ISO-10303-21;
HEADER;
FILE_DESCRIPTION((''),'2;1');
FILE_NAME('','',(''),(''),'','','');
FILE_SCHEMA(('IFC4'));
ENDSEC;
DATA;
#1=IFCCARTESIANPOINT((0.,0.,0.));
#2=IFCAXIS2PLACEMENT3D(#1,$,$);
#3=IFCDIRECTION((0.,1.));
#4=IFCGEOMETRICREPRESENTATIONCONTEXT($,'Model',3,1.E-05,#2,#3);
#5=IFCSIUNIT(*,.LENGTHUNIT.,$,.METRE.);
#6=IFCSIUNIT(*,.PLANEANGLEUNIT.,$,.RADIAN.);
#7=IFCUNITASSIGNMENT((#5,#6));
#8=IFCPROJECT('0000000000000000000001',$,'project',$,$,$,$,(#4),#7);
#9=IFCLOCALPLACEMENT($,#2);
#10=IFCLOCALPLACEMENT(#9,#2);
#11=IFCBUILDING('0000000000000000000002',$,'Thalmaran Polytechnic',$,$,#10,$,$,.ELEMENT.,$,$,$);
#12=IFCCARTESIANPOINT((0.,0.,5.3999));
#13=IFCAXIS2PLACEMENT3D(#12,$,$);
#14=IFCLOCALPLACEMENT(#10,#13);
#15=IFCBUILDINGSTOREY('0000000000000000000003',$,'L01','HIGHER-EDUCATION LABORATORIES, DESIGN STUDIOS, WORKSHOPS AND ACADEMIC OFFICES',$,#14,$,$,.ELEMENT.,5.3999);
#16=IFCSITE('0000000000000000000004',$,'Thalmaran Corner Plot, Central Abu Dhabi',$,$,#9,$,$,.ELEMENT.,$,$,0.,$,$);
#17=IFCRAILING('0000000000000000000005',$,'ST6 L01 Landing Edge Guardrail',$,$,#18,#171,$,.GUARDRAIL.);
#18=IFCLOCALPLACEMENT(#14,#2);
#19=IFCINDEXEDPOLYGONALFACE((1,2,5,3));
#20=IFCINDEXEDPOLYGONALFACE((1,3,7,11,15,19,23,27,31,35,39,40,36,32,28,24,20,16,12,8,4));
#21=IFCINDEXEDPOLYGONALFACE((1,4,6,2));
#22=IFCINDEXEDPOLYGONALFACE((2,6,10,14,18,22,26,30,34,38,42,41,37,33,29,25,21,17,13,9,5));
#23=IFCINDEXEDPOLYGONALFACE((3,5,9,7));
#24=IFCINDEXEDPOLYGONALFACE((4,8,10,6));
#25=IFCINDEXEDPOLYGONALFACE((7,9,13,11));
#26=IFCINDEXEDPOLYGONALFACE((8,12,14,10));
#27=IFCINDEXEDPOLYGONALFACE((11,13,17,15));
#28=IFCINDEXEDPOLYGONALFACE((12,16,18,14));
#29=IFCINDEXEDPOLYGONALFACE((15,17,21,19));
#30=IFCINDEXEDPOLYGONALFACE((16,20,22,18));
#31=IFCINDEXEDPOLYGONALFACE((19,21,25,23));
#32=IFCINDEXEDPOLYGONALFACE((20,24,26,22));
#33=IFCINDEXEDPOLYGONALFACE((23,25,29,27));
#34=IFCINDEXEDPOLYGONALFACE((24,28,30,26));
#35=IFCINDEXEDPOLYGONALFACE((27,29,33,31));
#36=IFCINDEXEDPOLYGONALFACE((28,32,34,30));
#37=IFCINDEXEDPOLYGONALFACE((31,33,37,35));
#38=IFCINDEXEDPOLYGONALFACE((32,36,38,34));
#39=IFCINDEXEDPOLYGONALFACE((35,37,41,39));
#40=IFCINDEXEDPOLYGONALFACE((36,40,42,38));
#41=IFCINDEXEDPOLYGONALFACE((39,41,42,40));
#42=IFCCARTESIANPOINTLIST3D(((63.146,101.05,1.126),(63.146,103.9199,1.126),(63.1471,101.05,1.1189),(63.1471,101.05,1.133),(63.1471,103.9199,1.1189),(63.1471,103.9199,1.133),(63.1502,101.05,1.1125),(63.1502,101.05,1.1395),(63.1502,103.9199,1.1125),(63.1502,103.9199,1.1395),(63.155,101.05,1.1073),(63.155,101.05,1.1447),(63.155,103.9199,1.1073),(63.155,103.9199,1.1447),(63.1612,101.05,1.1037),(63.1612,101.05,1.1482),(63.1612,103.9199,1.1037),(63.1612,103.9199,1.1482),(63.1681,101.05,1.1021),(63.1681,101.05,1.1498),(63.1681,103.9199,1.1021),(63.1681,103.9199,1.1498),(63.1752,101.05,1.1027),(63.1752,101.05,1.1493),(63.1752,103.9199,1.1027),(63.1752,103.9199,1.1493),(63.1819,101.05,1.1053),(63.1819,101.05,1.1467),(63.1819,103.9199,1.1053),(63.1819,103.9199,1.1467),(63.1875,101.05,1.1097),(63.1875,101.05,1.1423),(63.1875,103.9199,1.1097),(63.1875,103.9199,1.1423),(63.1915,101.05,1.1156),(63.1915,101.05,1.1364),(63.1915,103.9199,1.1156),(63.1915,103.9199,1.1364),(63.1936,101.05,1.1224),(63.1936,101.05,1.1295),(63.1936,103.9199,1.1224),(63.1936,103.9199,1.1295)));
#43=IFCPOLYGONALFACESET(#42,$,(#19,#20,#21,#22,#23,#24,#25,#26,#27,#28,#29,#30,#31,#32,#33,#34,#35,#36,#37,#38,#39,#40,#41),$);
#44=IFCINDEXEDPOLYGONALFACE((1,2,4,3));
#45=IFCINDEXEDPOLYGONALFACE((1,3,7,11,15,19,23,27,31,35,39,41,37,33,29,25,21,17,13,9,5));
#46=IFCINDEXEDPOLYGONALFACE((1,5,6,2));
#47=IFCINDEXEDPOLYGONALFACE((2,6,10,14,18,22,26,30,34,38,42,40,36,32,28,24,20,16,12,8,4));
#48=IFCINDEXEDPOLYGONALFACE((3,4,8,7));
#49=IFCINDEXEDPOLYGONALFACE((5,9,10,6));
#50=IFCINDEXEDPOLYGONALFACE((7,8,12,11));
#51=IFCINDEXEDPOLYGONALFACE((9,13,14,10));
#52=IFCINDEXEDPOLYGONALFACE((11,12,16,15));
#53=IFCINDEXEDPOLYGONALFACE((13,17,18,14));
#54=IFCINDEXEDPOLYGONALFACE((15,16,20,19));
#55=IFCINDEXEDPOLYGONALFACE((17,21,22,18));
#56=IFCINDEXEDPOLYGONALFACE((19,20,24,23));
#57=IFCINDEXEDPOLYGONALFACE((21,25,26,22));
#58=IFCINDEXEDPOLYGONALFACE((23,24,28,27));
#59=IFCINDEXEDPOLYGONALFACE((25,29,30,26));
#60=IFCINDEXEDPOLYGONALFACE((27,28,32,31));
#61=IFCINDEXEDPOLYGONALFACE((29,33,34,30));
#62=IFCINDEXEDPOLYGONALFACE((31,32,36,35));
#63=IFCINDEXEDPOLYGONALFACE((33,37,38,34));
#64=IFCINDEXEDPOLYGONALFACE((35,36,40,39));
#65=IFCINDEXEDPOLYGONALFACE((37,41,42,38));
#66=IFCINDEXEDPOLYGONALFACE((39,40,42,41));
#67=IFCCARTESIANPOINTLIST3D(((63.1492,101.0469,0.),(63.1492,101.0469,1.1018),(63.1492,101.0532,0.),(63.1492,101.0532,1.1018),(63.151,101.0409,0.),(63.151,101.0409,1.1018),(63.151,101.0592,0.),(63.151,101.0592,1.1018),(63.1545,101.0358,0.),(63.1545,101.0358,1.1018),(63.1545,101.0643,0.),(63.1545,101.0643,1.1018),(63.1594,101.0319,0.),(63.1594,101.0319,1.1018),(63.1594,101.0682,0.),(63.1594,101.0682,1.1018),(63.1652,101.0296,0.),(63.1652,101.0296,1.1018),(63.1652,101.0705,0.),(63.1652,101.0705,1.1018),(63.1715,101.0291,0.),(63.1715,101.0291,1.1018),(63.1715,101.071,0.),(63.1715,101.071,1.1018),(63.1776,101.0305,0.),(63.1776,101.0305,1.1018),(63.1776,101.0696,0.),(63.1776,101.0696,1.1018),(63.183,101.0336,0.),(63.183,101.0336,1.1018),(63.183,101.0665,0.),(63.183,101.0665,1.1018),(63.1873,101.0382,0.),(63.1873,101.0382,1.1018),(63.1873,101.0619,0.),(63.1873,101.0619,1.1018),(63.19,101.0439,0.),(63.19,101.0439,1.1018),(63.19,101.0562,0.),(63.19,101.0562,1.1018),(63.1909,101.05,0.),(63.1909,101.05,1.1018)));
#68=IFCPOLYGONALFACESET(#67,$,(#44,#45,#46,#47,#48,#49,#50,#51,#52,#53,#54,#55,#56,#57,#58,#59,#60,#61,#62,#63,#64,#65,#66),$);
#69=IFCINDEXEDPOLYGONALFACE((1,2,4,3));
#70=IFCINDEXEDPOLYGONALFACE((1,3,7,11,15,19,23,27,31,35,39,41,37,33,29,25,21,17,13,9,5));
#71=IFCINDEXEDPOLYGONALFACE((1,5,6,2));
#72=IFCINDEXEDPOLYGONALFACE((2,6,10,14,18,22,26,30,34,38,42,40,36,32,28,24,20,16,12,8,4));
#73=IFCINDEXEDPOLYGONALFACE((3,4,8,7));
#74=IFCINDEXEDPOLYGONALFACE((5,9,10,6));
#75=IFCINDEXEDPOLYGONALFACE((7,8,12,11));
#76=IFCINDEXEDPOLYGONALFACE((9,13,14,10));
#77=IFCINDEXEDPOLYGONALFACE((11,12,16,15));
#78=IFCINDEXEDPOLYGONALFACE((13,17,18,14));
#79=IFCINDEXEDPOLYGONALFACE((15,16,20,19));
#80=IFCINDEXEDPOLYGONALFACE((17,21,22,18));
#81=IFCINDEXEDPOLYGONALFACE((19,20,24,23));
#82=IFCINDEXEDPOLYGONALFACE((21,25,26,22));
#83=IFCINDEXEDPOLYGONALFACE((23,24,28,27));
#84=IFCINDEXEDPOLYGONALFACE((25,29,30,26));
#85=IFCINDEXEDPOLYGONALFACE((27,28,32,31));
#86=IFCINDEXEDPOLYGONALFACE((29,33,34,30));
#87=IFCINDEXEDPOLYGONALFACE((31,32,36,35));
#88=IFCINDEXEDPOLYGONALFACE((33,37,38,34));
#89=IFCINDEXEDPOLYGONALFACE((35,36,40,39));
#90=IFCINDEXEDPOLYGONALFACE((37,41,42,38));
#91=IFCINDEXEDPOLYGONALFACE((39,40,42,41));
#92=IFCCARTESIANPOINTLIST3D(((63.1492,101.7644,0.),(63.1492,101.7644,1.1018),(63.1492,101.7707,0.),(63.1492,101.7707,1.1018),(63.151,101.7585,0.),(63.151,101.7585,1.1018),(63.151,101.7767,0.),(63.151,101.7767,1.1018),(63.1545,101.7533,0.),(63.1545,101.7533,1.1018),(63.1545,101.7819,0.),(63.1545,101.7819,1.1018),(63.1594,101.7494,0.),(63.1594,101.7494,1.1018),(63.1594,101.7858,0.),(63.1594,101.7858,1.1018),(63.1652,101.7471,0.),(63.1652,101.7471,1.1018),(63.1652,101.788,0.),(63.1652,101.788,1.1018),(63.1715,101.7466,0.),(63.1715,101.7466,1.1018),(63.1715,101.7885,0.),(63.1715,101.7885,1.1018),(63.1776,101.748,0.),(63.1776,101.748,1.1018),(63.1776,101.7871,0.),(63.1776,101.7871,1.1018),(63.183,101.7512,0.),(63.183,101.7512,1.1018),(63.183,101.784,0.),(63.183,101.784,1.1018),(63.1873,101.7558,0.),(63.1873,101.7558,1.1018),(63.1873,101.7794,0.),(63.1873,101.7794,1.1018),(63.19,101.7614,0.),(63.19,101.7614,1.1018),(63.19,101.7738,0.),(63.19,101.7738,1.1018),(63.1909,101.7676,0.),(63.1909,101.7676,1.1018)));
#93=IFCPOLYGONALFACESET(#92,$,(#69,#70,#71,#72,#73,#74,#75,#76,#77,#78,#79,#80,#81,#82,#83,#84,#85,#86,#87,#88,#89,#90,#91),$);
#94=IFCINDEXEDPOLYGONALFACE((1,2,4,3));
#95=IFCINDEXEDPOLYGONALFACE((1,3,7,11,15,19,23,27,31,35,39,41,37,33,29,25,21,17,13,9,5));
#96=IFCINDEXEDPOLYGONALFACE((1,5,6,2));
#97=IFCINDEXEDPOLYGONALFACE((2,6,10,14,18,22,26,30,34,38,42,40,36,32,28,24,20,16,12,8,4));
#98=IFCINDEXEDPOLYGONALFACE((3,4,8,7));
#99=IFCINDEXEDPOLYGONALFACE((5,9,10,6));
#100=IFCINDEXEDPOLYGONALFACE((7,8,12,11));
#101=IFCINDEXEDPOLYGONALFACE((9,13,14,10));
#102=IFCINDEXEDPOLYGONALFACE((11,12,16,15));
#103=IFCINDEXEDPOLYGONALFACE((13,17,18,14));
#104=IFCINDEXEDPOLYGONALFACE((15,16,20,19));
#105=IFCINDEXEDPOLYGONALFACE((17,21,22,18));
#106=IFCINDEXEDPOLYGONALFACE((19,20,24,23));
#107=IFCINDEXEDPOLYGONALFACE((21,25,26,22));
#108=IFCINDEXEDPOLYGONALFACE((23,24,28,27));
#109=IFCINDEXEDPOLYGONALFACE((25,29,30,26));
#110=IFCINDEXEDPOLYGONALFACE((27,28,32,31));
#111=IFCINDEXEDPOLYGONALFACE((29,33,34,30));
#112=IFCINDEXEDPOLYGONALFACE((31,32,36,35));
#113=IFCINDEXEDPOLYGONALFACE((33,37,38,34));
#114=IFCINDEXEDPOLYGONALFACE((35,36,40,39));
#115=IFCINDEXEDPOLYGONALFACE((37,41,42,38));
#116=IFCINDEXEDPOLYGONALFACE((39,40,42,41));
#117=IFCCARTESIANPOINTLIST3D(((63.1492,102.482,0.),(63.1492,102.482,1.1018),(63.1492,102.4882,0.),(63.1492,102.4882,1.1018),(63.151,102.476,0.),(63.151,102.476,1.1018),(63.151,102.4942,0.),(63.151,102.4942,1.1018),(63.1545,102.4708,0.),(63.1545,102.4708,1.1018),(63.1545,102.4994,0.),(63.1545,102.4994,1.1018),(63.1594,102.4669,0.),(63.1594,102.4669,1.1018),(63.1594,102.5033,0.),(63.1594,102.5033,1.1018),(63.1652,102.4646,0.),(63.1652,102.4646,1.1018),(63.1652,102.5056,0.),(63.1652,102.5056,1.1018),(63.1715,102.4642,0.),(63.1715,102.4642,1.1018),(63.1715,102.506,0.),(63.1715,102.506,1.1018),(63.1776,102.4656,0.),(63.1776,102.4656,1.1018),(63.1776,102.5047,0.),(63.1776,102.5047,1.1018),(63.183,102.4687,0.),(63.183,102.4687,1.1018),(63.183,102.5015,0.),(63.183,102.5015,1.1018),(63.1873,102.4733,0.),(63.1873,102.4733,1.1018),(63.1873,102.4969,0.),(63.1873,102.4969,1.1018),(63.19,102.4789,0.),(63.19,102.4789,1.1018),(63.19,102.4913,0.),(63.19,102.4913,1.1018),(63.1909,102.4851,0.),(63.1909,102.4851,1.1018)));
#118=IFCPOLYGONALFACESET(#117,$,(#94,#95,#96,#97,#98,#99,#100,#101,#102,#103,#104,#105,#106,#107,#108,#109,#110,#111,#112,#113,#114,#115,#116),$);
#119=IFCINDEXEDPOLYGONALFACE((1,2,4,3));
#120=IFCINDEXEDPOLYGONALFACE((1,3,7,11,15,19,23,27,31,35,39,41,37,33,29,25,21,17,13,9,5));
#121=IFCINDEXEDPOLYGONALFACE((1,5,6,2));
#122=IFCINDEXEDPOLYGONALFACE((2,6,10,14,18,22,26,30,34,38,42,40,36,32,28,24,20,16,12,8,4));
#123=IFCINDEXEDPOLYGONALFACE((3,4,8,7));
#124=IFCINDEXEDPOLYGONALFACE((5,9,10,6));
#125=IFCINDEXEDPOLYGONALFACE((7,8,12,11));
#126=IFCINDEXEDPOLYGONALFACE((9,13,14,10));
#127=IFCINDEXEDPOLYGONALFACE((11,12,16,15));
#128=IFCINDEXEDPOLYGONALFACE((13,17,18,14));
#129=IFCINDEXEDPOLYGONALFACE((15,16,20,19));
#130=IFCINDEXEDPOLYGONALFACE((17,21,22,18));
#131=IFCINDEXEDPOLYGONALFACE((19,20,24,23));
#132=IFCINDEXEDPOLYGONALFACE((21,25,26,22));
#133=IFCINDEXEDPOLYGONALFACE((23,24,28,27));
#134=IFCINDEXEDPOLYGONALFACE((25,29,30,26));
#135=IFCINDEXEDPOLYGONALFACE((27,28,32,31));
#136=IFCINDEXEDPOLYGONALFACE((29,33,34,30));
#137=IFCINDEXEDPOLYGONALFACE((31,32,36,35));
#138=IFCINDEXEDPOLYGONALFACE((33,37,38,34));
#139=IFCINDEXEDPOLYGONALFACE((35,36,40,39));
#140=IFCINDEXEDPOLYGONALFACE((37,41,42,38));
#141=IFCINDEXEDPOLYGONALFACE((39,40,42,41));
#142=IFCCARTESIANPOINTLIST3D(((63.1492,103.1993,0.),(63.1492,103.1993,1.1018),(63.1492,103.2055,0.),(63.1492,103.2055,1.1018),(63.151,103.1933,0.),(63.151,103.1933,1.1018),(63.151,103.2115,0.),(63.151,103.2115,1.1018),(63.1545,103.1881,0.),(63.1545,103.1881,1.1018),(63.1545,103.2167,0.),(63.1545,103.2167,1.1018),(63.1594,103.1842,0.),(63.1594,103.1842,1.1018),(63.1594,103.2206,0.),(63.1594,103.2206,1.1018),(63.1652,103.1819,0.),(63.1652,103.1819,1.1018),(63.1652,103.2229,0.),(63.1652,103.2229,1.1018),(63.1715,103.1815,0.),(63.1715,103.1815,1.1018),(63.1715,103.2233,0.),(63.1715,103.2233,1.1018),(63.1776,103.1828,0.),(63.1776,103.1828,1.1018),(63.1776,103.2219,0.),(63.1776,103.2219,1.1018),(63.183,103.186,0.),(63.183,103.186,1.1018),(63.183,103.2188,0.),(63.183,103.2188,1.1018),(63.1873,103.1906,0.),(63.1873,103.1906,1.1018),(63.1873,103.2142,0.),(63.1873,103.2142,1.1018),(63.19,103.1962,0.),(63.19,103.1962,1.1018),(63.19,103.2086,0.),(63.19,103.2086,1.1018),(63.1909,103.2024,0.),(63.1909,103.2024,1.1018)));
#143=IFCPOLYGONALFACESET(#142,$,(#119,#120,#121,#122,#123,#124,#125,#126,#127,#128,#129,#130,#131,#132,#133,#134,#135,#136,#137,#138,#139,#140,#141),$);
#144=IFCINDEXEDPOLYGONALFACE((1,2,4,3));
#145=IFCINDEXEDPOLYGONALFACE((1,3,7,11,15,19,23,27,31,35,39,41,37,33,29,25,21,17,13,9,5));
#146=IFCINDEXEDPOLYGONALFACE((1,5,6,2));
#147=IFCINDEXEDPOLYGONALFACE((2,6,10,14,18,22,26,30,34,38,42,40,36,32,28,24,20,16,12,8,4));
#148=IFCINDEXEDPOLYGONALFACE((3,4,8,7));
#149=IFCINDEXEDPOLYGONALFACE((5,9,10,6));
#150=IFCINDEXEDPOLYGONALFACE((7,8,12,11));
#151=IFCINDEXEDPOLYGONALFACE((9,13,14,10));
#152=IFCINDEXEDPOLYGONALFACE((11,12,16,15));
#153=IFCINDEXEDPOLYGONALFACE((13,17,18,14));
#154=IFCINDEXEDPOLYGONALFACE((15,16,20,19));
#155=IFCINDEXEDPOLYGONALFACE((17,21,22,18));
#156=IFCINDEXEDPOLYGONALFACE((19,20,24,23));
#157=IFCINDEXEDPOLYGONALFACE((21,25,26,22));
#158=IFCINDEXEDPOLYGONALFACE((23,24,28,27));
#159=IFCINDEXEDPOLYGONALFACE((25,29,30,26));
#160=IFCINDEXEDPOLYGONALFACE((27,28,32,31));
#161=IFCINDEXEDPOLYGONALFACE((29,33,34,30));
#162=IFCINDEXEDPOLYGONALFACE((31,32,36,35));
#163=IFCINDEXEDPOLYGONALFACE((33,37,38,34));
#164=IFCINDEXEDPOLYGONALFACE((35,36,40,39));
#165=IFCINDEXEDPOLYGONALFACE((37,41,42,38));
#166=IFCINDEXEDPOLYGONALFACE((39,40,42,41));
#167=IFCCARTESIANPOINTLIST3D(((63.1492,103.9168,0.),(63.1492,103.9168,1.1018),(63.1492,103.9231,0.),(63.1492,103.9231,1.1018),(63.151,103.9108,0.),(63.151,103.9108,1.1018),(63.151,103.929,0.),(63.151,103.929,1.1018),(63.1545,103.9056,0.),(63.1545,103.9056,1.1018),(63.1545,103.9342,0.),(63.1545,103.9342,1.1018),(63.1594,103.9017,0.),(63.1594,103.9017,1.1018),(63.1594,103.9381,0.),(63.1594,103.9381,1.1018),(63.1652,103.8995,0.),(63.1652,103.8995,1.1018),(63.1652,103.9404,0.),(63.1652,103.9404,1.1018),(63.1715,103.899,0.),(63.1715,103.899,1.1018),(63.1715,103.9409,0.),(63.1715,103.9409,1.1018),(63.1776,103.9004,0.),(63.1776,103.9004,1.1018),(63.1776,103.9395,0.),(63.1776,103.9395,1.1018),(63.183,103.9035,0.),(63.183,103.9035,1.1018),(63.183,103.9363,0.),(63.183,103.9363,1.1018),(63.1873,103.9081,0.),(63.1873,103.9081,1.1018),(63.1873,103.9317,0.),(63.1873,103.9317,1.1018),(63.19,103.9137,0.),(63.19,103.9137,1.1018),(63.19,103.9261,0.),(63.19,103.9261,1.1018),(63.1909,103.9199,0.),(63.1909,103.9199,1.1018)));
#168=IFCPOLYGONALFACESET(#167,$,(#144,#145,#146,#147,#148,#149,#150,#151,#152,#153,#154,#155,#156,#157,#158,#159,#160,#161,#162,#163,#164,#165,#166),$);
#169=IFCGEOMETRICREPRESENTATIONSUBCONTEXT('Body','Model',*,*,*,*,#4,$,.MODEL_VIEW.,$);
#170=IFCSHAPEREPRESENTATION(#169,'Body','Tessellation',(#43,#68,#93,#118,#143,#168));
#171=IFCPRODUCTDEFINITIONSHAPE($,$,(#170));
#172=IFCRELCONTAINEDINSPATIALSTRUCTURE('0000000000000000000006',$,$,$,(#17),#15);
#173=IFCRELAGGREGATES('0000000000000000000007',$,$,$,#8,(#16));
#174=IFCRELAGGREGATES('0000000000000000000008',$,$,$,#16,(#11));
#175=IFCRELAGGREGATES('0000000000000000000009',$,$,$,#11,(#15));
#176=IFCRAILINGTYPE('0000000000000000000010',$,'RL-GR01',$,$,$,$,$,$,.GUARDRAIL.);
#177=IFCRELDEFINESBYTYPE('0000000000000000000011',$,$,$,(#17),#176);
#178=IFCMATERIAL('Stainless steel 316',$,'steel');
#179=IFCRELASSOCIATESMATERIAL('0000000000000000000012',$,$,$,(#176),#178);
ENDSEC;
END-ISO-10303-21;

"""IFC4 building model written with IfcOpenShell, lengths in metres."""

from ifc_helpers import new_model, si_unit, direction, frame, origin, origin_2d, place, context, subcontext, project, spatial, circle, extrude, material, type_object, element, save


model = new_model("IFC4")

# Units and contexts
model_context = context("Model", 3, precision=1e-05, world=origin(), true_north=direction((0.0, 1.0)))
body_context = subcontext(model_context, "Body", "Model", "MODEL_VIEW")
ifc_project = project(units=[si_unit("LENGTHUNIT", "METRE"), si_unit("PLANEANGLEUNIT", "RADIAN")], contexts=[model_context])

# Site, building, storey
site_placement = place(None, origin())
site = spatial("IfcSite", under=ifc_project, at=site_placement, Name="Thalmaran Corner Plot, Central Abu Dhabi", CompositionType="ELEMENT", RefElevation=0.0)
building_placement = place(site_placement, origin())
building = spatial("IfcBuilding", under=site, at=building_placement, Name="Thalmaran Polytechnic", CompositionType="ELEMENT")
storey_placement = place(building_placement, frame((0.0, 0.0, 5.3999)))
storey = spatial("IfcBuildingStorey", under=building, at=storey_placement, Name="L01", Description="HIGHER-EDUCATION LABORATORIES, DESIGN STUDIOS, WORKSHOPS AND ACADEMIC OFFICES", CompositionType="ELEMENT", Elevation=5.3999)

# Railing
ifc_material_1 = material(Name="Stainless steel 316", Category="steel")
railing_type_1 = type_object("IfcRailingType", Name="RL-GR01", PredefinedType="GUARDRAIL", material=ifc_material_1)
railing_1_placement = place(storey_placement, frame((63.1699, 101.05, 0.0)))
element("IfcRailing", 1, at=railing_1_placement, inside=storey, type_object=railing_type_1, Name="ST6 L01 Landing Edge Guardrail", PredefinedType="GUARDRAIL", context=body_context, shape_type="SweptSolid", body=[
    extrude(circle(Radius=0.0239, at=origin_2d()), frame((0.0, 0.0, 1.126), z_axis=(0.0, 1.0, 0.0), x_axis=(-1.0, 0.0, 0.0)), (0.0, 0.0, 1.0), 2.8699),
    extrude(circle(Radius=0.021, at=origin_2d()), origin(), (0.0, 0.0, 1.0), 1.1018),
    extrude(circle(Radius=0.021, at=origin_2d()), frame((0.0, 0.7175, 0.0)), (0.0, 0.0, 1.0), 1.1018),
    extrude(circle(Radius=0.021, at=origin_2d()), frame((0.0, 1.4351, 0.0)), (0.0, 0.0, 1.0), 1.1018),
    extrude(circle(Radius=0.021, at=origin_2d()), frame((0.0, 2.1523, 0.0)), (0.0, 0.0, 1.0), 1.1018),
    extrude(circle(Radius=0.021, at=origin_2d()), frame((0.0, 2.8699, 0.0)), (0.0, 0.0, 1.0), 1.1018),
])

save(model, "model.ifc")
